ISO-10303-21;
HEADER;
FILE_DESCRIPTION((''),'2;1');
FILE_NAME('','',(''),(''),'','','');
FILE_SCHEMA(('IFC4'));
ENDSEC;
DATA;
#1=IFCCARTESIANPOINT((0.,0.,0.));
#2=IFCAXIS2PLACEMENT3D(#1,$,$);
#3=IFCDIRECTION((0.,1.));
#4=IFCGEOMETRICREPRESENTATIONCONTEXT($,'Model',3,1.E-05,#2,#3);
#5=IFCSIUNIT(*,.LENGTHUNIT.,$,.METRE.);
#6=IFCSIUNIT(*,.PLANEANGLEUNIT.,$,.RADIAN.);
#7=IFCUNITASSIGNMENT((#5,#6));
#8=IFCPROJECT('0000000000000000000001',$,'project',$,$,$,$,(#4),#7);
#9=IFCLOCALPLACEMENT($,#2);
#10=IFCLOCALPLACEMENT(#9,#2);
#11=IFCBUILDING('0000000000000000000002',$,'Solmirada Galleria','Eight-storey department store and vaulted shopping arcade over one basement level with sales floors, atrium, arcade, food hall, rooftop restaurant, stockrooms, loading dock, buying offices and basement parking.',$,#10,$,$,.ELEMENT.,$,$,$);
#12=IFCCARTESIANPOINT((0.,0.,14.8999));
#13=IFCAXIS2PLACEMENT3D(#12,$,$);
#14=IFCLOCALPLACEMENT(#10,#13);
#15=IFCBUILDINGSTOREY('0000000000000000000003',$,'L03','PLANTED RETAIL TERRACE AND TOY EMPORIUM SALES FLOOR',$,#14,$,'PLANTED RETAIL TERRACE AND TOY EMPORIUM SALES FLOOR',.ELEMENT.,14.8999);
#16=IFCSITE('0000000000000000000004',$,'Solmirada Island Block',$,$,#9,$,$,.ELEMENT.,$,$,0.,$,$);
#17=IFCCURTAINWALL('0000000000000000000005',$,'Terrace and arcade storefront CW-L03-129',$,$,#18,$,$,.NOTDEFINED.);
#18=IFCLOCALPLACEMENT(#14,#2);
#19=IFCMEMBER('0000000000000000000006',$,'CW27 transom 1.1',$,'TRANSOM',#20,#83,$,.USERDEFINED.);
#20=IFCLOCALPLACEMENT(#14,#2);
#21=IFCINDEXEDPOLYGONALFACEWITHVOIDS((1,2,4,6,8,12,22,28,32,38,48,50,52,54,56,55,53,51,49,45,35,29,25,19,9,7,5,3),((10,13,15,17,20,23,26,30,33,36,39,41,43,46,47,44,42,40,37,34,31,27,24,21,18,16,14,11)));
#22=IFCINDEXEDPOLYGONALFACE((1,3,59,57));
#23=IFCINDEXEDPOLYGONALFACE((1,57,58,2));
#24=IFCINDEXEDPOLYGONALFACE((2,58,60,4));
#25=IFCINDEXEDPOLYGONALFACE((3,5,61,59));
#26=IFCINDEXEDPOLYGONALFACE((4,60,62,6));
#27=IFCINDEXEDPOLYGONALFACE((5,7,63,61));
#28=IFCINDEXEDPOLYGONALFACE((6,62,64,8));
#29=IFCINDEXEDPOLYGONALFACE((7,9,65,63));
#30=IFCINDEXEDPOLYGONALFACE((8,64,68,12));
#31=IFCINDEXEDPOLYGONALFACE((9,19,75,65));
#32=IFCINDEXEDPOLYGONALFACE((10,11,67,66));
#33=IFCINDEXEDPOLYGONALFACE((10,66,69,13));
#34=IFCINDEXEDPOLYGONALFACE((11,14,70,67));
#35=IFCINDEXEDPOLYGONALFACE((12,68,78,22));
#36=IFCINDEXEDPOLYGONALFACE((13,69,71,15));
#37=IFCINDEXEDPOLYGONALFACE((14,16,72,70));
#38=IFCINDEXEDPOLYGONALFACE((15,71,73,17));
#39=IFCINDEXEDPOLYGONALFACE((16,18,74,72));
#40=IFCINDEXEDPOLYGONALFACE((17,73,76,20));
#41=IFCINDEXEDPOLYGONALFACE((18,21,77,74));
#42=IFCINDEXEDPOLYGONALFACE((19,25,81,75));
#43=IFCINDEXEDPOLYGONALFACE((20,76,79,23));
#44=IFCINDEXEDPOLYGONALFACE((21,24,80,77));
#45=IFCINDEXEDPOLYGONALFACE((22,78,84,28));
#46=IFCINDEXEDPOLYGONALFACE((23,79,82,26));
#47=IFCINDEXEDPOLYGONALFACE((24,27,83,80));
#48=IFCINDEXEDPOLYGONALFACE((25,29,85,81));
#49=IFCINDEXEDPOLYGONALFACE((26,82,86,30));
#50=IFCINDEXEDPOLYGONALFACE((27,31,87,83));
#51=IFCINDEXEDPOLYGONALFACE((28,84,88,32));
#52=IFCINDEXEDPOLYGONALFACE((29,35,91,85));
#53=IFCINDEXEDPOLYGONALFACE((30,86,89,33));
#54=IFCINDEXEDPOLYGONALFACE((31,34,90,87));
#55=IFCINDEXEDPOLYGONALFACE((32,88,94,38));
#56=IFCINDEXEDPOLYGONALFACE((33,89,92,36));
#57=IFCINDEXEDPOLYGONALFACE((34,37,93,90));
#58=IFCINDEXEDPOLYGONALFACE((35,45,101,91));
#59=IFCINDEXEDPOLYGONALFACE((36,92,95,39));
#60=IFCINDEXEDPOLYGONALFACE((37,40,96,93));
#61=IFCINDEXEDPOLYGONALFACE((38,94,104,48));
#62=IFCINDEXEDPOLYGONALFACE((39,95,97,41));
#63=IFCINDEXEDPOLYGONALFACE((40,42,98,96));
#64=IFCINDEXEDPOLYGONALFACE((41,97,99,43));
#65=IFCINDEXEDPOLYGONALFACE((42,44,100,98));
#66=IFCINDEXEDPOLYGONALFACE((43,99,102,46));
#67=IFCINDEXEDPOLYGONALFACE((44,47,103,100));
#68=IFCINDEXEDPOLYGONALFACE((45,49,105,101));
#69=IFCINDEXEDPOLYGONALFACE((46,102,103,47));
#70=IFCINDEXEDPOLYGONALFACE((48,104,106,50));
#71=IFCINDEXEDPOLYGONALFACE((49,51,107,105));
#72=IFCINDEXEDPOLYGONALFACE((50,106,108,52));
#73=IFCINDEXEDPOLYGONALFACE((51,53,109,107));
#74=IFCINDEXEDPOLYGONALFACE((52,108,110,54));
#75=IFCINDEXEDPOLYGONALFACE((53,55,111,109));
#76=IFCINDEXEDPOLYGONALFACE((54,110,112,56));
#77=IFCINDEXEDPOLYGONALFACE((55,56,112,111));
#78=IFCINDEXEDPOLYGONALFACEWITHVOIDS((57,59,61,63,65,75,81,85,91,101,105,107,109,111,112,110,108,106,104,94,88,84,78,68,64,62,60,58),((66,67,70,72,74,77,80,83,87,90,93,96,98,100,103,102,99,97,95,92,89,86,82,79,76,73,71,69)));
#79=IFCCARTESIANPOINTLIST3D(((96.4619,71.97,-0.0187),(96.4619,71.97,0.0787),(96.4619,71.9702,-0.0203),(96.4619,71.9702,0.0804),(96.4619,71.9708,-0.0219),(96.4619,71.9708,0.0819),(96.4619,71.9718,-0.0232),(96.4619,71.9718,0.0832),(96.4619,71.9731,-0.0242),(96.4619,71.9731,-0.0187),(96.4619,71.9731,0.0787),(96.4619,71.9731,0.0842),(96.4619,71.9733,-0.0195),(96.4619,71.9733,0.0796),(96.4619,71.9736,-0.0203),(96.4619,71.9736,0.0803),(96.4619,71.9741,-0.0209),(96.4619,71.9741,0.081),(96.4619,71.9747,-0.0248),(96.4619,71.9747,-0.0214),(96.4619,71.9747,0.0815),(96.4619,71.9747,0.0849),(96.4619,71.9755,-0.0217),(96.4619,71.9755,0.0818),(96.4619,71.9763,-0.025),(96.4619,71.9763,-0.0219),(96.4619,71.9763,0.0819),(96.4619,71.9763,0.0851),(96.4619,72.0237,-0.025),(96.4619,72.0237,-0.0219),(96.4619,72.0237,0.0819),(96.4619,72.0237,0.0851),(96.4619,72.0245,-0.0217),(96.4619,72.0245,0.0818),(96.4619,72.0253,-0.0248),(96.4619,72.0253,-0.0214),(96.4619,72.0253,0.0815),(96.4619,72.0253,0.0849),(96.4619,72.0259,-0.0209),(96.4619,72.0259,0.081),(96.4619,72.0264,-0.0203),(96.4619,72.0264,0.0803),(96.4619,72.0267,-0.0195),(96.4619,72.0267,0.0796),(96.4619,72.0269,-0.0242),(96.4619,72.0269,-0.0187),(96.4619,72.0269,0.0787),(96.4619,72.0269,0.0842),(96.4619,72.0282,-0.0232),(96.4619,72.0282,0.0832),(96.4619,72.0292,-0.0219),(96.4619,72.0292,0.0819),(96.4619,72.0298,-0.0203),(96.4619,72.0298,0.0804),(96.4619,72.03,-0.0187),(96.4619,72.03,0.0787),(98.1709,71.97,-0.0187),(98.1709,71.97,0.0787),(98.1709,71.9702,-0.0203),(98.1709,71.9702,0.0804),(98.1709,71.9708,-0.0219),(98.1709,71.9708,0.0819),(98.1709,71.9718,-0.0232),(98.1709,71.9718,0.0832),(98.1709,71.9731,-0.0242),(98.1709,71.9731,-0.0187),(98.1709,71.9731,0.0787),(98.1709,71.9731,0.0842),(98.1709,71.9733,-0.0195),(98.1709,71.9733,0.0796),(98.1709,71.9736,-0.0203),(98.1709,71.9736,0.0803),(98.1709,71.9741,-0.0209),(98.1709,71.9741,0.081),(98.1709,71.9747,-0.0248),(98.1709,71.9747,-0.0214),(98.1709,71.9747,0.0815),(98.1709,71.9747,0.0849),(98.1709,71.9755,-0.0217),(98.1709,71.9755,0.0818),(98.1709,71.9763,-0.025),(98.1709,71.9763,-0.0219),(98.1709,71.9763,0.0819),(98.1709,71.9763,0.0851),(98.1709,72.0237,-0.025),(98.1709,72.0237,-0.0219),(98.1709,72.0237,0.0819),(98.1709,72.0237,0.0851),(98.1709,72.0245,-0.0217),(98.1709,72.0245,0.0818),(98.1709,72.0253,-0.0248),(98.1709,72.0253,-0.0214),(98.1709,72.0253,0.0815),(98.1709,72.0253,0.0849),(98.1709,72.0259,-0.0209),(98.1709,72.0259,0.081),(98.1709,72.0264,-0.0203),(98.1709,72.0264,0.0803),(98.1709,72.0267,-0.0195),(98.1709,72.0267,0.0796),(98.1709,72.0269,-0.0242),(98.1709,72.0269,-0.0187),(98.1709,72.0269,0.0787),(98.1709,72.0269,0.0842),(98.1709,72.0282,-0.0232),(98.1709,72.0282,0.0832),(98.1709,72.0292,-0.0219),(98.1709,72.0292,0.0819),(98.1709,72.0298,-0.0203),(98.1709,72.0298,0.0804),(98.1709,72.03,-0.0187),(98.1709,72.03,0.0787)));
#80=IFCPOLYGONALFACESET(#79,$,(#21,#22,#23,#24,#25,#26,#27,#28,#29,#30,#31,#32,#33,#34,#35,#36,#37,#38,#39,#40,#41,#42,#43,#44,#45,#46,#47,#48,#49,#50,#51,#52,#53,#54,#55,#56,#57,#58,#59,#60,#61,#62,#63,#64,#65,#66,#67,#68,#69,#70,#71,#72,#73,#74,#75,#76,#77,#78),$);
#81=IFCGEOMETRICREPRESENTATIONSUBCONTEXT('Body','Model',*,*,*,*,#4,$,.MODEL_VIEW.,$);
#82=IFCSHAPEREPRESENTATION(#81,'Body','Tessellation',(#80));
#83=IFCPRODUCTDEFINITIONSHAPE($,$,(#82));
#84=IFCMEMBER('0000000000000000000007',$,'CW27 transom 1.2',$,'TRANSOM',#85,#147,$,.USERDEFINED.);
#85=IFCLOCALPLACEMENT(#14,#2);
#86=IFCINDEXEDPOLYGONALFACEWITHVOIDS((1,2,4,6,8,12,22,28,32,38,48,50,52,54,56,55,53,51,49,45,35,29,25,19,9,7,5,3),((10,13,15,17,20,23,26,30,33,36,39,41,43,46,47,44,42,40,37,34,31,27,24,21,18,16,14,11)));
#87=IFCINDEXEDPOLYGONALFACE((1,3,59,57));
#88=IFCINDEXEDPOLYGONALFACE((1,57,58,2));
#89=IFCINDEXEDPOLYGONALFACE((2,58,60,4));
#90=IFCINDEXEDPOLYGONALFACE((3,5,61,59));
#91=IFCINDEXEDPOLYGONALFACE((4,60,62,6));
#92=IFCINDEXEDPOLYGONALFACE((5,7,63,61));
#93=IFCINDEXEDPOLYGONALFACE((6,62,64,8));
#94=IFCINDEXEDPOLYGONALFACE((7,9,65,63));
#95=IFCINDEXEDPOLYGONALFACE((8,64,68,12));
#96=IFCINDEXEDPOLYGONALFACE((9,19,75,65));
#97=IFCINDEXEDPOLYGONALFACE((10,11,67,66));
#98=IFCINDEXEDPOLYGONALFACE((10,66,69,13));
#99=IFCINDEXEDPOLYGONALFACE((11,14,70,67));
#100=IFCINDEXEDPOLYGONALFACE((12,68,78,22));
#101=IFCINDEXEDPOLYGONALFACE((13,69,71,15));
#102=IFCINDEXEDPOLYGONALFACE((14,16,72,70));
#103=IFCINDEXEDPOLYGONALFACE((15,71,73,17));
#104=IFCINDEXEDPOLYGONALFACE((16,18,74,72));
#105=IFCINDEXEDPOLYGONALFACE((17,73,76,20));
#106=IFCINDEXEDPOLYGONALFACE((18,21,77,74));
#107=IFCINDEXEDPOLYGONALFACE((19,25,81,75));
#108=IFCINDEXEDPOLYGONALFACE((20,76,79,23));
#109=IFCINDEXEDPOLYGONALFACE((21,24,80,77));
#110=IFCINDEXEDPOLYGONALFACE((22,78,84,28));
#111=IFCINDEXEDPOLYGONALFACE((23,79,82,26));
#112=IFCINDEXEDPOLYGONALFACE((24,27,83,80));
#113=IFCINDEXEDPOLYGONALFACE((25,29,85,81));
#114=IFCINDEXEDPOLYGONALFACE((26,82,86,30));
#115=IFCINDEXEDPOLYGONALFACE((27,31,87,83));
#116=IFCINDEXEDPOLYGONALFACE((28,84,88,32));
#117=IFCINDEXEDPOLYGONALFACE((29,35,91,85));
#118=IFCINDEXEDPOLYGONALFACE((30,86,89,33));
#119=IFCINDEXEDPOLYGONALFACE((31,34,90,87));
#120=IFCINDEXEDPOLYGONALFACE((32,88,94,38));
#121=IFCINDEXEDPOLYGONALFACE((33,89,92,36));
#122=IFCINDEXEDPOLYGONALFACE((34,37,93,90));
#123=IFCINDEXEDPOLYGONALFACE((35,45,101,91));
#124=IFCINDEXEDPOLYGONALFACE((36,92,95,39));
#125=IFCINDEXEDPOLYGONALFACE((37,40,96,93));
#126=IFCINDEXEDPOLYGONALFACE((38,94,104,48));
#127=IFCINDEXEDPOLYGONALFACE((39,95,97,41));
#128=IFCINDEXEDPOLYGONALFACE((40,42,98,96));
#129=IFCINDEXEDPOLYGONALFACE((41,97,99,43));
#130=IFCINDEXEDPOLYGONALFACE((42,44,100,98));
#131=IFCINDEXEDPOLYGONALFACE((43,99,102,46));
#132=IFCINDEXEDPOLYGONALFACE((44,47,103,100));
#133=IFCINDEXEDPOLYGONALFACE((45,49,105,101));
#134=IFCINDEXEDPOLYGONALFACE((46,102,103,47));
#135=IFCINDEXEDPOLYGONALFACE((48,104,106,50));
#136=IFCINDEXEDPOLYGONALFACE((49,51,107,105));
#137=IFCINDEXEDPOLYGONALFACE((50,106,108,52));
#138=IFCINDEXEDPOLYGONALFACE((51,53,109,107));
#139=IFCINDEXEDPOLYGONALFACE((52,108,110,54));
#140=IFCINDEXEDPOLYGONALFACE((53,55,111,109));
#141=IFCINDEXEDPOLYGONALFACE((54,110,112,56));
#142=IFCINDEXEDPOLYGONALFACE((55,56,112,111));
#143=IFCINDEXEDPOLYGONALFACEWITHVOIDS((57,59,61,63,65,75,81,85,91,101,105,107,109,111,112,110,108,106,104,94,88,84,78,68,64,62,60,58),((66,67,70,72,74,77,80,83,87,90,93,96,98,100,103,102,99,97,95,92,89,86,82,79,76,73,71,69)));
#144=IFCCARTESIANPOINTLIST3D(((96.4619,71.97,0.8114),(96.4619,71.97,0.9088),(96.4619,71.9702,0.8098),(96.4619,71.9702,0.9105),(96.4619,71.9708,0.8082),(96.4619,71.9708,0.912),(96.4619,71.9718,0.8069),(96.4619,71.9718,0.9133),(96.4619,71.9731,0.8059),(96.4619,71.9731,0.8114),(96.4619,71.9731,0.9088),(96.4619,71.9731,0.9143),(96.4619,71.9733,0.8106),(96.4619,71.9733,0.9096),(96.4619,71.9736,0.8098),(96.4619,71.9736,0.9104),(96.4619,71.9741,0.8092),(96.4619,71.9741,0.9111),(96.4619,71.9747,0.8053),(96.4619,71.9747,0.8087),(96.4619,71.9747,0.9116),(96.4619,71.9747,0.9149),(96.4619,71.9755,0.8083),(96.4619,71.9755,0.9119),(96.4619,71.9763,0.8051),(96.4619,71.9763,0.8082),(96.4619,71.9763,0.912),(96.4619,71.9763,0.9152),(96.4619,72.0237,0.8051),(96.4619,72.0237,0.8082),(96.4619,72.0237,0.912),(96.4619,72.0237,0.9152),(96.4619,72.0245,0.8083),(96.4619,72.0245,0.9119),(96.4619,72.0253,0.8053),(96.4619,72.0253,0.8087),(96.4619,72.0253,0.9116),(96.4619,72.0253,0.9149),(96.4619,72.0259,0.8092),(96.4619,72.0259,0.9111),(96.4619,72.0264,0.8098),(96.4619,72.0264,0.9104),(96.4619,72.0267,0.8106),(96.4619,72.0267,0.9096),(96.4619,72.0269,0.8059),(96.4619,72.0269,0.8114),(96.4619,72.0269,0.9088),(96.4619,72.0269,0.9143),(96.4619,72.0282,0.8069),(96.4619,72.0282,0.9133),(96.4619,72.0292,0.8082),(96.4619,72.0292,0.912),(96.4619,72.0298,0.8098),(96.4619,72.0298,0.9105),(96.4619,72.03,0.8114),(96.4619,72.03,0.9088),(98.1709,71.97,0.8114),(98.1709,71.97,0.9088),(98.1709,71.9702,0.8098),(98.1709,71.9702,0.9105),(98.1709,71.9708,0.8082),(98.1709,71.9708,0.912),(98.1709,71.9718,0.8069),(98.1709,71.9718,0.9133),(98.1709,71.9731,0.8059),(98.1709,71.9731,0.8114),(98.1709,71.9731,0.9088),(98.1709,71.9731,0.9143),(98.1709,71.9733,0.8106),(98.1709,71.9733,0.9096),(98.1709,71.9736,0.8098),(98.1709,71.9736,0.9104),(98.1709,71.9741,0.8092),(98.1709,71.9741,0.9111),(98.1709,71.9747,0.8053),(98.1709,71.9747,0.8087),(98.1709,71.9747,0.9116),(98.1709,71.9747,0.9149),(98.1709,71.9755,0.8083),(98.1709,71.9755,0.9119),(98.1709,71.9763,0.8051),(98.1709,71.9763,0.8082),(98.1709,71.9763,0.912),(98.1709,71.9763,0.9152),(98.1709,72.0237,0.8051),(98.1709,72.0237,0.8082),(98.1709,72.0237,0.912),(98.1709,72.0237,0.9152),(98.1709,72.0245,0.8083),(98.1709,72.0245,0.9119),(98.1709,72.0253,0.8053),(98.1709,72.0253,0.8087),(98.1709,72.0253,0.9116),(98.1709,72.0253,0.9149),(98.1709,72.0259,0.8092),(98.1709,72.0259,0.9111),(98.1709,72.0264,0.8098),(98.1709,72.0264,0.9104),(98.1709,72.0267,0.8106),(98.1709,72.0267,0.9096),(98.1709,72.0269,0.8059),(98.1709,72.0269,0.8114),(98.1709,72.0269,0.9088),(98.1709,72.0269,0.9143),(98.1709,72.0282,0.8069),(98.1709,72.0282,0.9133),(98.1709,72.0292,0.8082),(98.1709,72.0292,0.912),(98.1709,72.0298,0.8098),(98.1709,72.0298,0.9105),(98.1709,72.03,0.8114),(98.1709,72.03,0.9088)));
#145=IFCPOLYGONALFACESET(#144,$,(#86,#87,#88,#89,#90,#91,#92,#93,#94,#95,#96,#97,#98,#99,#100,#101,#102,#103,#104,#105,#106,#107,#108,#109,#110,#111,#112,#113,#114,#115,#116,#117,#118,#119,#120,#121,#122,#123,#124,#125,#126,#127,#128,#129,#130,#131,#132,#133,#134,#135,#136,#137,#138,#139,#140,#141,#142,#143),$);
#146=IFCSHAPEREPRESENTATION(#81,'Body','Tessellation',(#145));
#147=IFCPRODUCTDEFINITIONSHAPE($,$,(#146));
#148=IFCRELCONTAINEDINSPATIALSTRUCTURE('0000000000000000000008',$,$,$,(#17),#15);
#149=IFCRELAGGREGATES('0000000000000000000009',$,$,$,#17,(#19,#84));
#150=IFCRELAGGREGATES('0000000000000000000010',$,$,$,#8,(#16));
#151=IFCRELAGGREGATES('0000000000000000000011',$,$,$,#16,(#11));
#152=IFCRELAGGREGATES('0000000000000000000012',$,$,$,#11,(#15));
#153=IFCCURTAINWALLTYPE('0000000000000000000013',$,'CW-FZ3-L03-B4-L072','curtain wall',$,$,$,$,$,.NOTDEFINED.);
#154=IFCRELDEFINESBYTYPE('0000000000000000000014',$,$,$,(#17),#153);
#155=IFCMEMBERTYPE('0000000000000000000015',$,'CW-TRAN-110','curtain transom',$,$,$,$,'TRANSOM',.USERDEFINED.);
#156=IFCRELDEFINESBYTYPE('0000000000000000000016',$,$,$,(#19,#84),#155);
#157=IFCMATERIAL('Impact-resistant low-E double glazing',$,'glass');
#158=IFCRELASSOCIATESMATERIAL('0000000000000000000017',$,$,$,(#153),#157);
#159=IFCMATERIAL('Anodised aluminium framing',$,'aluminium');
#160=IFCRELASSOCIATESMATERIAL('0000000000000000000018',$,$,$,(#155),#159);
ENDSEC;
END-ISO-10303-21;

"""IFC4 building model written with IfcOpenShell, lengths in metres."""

from ifc_helpers import new_model, si_unit, direction, frame, origin, origin_2d, place, context, subcontext, project, spatial, hollow_rectangle, extrude, material, material_profile, profile_set, type_object, element, aggregate, save


model = new_model("IFC4")

# Units and contexts
model_context = context("Model", 3, precision=1e-05, world=origin(), true_north=direction((0.0, 1.0)))
body_context = subcontext(model_context, "Body", "Model", "MODEL_VIEW")
ifc_project = project(units=[si_unit("LENGTHUNIT", "METRE"), si_unit("PLANEANGLEUNIT", "RADIAN")], contexts=[model_context])

# Site, building, storey
site_placement = place(None, origin())
site = spatial("IfcSite", under=ifc_project, at=site_placement, Name="Solmirada Island Block", CompositionType="ELEMENT", RefElevation=0.0)
building_placement = place(site_placement, origin())
building = spatial("IfcBuilding", under=site, at=building_placement, Name="Solmirada Galleria", Description="Eight-storey department store and vaulted shopping arcade over one basement level with sales floors, atrium, arcade, food hall, rooftop restaurant, stockrooms, loading dock, buying offices and basement parking.", CompositionType="ELEMENT")
storey_placement = place(building_placement, frame((0.0, 0.0, 14.8999)))
storey = spatial("IfcBuildingStorey", under=building, at=storey_placement, Name="L03", Description="PLANTED RETAIL TERRACE AND TOY EMPORIUM SALES FLOOR", LongName="PLANTED RETAIL TERRACE AND TOY EMPORIUM SALES FLOOR", CompositionType="ELEMENT", Elevation=14.8999)

# Shared definitions
ifc_material_1 = material(Name="Impact-resistant low-E double glazing", Category="glass")
curtain_wall_type = type_object("IfcCurtainWallType", Name="CW-FZ3-L03-B4-L072", Description="curtain wall", PredefinedType="NOTDEFINED", material=ifc_material_1)
ifc_material_2 = material(Name="Anodised aluminium framing", Category="aluminium")

# Curtain wall, members
curtain_wall_1_placement = place(storey_placement, origin())
curtain_wall_1 = element("IfcCurtainWall", 1, at=curtain_wall_1_placement, inside=storey, type_object=curtain_wall_type, Name="Terrace and arcade storefront CW-L03-129", PredefinedType="NOTDEFINED")
ifc_material_profile_1 = material_profile(ifc_material_2, hollow_rectangle(XDim=0.0601, YDim=0.1101, WallThickness=0.0032, InnerFilletRadius=0.0032, OuterFilletRadius=0.0063, at=origin_2d()), Name="ALU-TRAN-110X60")
ifc_profile_set_1 = profile_set([ifc_material_profile_1], Name="Anodised aluminium framing")
member_type_1 = type_object("IfcMemberType", Name="CW-TRAN-110", Description="curtain transom", ElementType="TRANSOM", PredefinedType="USERDEFINED", material=ifc_profile_set_1)
member_1_placement = place(storey_placement, frame((96.4619, 72.0, 0.03), z_axis=(1.0, 0.0, 0.0), x_axis=(0.0, 1.0, 0.0)))
member_1 = element("IfcMember", 2, at=member_1_placement, type_object=member_type_1, Name="CW27 transom 1.1", ObjectType="TRANSOM", PredefinedType="USERDEFINED", context=body_context, shape_type="SweptSolid", body=[
    extrude(hollow_rectangle(XDim=0.0601, YDim=0.1101, WallThickness=0.0032, InnerFilletRadius=0.0032, OuterFilletRadius=0.0063, at=origin_2d()), origin(), (0.0, 0.0, 1.0), 1.709),
])
member_2_placement = place(storey_placement, frame((96.4619, 72.0, 0.8601), z_axis=(1.0, 0.0, 0.0), x_axis=(0.0, 1.0, 0.0)))
member_2 = element("IfcMember", 3, at=member_2_placement, type_object=member_type_1, Name="CW27 transom 1.2", ObjectType="TRANSOM", PredefinedType="USERDEFINED", context=body_context, shape_type="SweptSolid", body=[
    extrude(hollow_rectangle(XDim=0.0601, YDim=0.1101, WallThickness=0.0032, InnerFilletRadius=0.0032, OuterFilletRadius=0.0063, at=origin_2d()), origin(), (0.0, 0.0, 1.0), 1.709),
])

aggregate(curtain_wall_1, [member_1, member_2])

save(model, "model.ifc")
